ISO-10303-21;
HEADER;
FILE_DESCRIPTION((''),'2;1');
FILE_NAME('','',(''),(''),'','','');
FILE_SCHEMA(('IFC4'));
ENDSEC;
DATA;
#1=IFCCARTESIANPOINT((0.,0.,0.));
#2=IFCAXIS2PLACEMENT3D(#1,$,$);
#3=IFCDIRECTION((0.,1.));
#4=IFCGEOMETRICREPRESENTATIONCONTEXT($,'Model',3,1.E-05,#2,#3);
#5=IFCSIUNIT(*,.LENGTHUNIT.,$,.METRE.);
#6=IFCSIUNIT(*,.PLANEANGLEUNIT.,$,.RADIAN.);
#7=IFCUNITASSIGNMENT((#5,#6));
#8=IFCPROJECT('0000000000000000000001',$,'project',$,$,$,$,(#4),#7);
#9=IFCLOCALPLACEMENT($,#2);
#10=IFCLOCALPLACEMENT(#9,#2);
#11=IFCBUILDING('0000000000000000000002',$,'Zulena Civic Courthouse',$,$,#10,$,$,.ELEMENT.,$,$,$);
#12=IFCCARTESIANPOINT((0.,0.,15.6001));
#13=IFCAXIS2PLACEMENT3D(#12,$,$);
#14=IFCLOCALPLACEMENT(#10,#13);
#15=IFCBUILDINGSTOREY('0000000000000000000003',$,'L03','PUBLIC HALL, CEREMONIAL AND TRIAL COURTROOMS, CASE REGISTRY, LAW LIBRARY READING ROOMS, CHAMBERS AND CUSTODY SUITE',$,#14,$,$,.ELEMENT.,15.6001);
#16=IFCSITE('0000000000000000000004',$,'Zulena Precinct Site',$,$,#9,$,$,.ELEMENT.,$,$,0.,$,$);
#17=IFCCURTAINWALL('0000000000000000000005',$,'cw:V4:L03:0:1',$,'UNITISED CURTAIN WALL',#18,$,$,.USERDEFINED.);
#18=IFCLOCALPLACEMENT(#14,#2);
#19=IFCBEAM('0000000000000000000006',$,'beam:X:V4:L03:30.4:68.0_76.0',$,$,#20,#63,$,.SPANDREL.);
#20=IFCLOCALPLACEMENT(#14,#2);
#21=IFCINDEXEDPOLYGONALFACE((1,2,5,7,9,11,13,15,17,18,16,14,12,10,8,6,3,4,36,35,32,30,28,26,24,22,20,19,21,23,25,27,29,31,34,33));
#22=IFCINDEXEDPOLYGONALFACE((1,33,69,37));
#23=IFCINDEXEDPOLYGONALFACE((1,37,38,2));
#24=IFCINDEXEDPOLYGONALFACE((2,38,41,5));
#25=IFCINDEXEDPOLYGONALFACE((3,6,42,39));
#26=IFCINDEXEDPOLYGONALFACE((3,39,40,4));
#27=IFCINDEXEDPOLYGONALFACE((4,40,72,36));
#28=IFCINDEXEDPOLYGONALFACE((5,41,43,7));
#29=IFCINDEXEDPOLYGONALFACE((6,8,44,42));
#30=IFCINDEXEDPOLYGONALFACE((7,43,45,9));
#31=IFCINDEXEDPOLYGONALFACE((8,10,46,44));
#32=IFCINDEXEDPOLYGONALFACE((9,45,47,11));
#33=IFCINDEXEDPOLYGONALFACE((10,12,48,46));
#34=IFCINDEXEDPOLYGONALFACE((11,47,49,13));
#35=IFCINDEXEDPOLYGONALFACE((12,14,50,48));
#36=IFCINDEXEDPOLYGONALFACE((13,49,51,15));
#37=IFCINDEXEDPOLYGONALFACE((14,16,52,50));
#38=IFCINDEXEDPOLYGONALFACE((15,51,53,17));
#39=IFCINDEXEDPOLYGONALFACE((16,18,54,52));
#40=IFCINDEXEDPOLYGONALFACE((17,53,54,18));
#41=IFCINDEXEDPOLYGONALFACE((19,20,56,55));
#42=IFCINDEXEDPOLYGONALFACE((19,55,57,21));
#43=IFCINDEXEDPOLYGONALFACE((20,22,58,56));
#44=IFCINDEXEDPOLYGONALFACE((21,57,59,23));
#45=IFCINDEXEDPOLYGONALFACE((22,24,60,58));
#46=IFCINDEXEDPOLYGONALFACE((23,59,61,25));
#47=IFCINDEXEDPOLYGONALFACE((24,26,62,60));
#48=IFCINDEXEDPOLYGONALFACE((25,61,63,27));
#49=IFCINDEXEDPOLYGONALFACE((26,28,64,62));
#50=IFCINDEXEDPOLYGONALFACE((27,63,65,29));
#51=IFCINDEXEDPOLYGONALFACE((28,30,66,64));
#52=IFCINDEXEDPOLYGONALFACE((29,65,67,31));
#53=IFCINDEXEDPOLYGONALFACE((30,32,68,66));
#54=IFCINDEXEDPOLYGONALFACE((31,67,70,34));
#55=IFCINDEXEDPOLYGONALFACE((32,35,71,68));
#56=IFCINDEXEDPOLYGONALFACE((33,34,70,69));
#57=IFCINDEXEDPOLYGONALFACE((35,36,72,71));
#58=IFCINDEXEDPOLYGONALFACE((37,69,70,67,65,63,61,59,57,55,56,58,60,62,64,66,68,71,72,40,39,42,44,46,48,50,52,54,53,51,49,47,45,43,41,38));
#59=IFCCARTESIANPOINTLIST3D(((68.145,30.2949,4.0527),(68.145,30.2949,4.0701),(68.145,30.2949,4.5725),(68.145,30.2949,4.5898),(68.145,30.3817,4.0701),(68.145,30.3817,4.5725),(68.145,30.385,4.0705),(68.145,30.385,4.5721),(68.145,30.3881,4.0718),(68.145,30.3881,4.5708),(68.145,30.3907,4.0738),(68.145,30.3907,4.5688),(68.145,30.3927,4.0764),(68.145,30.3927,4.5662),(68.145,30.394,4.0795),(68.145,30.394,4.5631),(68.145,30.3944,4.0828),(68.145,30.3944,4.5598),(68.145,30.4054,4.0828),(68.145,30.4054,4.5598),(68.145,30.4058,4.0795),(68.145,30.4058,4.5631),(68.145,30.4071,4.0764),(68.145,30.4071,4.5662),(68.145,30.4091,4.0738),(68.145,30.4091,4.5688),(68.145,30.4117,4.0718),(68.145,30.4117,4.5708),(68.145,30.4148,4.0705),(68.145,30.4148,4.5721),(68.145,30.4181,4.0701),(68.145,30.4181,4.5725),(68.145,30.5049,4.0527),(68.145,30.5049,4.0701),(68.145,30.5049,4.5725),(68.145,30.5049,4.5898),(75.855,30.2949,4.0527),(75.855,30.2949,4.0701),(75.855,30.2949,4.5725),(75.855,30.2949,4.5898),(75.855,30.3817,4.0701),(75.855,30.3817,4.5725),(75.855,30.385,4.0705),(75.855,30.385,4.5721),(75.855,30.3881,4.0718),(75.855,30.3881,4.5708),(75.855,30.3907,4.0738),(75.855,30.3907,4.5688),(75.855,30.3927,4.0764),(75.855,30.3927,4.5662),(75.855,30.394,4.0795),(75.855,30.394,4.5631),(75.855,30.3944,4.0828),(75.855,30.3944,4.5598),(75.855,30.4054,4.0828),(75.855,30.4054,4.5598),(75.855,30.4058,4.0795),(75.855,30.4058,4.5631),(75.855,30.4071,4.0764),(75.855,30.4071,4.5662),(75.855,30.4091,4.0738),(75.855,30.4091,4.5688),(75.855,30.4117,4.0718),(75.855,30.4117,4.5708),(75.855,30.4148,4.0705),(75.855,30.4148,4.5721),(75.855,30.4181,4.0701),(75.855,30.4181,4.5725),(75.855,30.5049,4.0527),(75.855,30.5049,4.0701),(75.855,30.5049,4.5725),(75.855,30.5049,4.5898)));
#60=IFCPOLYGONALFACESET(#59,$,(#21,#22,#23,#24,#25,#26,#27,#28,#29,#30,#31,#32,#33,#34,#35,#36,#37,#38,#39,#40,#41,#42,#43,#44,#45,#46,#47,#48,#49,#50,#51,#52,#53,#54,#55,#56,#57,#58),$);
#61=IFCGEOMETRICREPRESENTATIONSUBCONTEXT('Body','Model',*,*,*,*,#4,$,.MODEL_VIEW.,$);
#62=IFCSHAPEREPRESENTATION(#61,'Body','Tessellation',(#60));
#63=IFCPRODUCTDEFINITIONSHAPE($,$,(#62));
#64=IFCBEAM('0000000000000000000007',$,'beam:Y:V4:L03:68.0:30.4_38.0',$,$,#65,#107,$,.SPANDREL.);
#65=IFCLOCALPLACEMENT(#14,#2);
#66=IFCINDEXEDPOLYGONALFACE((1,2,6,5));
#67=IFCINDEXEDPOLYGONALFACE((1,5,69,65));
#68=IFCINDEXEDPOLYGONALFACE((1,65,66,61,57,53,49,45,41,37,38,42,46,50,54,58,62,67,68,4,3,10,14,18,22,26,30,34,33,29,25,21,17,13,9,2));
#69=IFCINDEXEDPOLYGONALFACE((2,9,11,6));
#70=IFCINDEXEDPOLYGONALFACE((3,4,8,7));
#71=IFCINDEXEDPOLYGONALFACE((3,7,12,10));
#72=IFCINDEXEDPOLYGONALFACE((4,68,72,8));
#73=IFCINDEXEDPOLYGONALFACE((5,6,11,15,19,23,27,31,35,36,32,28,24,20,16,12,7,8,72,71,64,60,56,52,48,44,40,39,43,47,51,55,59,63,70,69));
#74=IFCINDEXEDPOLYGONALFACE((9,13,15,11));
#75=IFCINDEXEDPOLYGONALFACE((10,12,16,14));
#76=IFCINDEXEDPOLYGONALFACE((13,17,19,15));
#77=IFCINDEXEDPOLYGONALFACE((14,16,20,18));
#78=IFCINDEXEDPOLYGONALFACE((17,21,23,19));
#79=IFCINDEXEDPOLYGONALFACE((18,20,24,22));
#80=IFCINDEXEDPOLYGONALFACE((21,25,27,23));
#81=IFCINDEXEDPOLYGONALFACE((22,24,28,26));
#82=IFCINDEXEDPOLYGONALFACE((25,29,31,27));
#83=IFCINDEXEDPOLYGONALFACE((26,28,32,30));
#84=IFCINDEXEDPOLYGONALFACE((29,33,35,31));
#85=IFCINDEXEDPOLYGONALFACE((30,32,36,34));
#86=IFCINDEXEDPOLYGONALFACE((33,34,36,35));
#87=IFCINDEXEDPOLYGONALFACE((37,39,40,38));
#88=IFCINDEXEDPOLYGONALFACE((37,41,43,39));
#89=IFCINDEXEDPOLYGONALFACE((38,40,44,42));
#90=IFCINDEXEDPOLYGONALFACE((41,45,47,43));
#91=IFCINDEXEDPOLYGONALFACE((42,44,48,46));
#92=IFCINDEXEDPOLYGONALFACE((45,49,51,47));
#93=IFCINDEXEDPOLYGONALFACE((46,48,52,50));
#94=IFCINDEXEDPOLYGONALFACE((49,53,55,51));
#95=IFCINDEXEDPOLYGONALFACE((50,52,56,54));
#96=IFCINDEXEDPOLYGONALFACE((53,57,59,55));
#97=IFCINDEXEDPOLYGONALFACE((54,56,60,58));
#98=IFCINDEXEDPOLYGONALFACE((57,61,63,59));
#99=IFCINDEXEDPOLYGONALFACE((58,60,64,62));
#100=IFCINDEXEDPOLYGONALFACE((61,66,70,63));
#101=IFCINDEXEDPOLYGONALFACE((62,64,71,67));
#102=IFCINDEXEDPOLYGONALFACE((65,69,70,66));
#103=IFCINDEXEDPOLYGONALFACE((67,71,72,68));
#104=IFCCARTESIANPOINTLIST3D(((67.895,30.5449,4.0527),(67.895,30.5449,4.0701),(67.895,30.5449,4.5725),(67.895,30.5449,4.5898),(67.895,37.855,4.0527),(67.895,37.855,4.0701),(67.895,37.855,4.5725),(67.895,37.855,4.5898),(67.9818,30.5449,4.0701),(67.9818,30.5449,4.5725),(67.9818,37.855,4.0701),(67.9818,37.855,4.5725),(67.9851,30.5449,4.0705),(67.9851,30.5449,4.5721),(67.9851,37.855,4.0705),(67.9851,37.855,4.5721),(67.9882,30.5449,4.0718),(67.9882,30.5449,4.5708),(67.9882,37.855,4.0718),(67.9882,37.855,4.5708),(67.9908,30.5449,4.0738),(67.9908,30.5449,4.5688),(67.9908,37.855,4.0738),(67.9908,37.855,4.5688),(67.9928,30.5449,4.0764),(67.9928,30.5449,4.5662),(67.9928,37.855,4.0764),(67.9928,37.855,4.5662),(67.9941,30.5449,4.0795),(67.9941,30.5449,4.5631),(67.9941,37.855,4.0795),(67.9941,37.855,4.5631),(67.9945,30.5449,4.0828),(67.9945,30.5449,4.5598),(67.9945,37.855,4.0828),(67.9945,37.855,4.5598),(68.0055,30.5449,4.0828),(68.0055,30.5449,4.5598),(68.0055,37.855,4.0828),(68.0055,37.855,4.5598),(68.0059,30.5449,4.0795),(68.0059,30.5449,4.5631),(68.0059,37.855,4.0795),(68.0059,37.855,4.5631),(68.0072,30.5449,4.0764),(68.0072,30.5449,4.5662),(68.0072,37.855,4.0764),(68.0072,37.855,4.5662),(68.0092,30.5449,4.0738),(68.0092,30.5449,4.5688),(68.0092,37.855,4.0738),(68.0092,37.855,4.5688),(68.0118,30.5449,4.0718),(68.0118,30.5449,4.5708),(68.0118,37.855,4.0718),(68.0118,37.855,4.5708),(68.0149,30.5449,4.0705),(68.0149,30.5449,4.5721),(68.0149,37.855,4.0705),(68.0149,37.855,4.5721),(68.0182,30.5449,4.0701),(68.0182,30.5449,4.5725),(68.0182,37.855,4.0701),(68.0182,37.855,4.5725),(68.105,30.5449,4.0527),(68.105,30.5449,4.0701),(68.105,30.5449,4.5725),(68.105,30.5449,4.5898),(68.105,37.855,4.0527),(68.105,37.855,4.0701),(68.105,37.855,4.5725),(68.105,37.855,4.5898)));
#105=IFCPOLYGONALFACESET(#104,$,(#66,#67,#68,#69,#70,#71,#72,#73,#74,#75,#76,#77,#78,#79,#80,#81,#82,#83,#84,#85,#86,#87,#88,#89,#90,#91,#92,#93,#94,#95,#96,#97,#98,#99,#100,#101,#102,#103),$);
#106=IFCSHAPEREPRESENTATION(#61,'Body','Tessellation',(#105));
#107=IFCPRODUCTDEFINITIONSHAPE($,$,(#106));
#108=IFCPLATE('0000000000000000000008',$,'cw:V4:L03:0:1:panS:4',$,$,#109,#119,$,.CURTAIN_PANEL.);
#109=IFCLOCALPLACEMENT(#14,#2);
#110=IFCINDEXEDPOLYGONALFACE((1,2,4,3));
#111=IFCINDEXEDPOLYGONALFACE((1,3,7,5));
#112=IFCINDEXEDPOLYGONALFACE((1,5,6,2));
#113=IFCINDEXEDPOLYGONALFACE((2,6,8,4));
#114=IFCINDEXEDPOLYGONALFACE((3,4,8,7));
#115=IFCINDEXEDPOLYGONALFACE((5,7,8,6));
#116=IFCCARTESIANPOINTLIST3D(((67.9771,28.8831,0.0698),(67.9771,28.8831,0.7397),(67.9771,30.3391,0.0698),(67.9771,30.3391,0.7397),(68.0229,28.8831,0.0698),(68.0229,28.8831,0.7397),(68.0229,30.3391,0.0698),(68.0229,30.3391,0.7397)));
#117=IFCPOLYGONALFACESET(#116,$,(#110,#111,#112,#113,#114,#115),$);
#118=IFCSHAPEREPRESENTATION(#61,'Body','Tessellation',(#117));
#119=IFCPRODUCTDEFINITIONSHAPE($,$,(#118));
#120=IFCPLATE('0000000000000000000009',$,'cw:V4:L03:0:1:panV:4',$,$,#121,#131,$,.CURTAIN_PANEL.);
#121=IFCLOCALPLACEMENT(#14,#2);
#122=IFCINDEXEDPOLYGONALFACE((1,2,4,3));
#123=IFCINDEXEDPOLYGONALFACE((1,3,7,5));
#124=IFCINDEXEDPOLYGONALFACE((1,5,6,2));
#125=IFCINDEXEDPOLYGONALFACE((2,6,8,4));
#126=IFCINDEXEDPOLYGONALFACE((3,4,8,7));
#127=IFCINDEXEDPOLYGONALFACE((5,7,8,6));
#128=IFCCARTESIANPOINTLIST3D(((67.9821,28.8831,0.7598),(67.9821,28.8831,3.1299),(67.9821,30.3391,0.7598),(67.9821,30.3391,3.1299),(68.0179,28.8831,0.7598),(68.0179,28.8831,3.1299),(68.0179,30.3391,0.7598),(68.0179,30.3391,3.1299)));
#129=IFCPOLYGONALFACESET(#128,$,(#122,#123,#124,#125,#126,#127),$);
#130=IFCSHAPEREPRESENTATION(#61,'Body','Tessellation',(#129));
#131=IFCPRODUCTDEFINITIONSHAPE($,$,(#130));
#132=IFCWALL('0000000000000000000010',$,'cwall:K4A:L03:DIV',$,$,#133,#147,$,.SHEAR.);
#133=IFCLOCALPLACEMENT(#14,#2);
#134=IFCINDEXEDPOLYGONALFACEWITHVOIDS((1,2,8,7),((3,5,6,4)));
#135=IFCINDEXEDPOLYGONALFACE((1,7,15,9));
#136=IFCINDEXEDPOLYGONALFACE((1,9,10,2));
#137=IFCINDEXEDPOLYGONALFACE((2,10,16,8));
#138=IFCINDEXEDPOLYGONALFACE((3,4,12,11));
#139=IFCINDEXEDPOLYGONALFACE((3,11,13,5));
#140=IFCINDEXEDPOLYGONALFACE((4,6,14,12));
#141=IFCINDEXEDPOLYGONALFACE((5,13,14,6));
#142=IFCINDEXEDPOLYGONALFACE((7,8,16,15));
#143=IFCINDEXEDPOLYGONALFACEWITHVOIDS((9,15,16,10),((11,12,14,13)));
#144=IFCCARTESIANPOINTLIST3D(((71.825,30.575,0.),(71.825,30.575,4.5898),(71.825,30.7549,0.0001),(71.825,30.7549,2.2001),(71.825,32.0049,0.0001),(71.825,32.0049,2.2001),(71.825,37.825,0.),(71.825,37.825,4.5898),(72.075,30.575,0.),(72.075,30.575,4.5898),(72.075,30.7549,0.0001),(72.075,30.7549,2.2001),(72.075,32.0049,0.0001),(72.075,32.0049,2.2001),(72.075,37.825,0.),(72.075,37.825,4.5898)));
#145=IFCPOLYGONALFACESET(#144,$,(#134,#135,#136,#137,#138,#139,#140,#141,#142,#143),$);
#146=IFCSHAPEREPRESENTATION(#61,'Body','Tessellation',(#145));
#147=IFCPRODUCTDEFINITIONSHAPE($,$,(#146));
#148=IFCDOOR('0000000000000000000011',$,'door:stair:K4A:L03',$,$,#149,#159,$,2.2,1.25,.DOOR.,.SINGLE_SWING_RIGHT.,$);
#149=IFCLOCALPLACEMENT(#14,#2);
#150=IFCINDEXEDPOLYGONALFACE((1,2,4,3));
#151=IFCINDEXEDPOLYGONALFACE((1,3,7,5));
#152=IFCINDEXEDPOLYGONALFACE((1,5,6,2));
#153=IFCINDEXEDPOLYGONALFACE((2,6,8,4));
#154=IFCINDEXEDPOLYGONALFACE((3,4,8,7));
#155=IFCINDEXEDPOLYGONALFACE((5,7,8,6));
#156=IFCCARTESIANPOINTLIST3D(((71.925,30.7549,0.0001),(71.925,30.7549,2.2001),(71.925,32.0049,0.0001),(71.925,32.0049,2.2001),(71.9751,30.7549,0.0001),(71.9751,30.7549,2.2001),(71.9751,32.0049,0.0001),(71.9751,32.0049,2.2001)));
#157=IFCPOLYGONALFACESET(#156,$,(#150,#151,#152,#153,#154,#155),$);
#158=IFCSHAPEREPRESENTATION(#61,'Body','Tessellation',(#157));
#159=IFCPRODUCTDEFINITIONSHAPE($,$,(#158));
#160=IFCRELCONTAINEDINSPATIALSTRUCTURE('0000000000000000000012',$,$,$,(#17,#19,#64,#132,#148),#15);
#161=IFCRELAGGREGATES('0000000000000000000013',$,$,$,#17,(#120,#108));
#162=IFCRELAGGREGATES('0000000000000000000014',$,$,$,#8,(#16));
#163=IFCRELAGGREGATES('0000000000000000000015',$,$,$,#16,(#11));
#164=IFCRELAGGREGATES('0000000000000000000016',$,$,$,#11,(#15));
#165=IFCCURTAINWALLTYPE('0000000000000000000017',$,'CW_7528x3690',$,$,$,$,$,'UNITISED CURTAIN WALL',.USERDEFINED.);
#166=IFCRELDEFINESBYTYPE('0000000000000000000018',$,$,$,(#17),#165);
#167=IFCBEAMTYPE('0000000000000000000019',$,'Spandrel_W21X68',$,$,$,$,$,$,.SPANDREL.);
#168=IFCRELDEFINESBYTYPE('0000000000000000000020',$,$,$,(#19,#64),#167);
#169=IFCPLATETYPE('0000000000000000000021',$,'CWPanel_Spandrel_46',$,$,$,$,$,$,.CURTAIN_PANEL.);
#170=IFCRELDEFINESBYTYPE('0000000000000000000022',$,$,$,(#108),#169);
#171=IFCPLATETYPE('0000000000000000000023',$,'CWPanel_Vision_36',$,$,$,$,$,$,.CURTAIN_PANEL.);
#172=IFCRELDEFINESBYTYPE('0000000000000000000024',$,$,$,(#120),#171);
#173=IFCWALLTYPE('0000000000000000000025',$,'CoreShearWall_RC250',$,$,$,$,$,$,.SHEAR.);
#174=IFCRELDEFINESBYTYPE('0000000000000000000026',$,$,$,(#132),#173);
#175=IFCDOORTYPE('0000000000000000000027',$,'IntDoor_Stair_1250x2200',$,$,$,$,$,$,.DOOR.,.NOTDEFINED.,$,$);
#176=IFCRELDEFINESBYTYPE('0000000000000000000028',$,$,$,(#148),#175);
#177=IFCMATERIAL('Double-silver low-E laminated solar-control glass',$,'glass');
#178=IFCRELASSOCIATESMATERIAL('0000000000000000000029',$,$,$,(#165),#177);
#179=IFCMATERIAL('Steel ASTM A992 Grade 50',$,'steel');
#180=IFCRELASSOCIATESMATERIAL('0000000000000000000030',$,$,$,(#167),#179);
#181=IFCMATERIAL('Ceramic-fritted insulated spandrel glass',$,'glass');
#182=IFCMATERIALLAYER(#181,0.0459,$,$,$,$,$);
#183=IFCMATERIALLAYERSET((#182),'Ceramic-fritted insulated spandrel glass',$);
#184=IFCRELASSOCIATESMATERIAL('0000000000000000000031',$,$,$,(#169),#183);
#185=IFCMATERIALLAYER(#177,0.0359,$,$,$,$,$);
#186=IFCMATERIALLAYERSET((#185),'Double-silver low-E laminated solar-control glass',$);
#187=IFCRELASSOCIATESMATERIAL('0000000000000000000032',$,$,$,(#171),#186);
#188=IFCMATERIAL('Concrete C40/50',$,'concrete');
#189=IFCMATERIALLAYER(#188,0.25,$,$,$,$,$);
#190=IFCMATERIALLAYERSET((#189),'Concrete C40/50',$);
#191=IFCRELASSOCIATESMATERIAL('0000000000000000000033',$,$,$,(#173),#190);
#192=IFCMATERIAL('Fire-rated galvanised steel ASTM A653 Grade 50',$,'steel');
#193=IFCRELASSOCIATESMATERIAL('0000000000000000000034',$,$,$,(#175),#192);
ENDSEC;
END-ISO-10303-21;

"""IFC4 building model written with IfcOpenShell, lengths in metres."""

from ifc_helpers import new_model, si_unit, direction, frame, frame_2d, origin, origin_2d, place, context, subcontext, project, spatial, rectangle, i_section, extrude, material, layer, layer_set, material_profile, profile_set, type_object, element, fill, aggregate, save


model = new_model("IFC4")

# Units and contexts
model_context = context("Model", 3, precision=1e-05, world=origin(), true_north=direction((0.0, 1.0)))
body_context = subcontext(model_context, "Body", "Model", "MODEL_VIEW")
ifc_project = project(units=[si_unit("LENGTHUNIT", "METRE"), si_unit("PLANEANGLEUNIT", "RADIAN")], contexts=[model_context])

# Site, building, storey
site_placement = place(None, origin())
site = spatial("IfcSite", under=ifc_project, at=site_placement, Name="Zulena Precinct Site", CompositionType="ELEMENT", RefElevation=0.0)
building_placement = place(site_placement, origin())
building = spatial("IfcBuilding", under=site, at=building_placement, Name="Zulena Civic Courthouse", CompositionType="ELEMENT")
storey_placement = place(building_placement, frame((0.0, 0.0, 15.6001)))
storey = spatial("IfcBuildingStorey", under=building, at=storey_placement, Name="L03", Description="PUBLIC HALL, CEREMONIAL AND TRIAL COURTROOMS, CASE REGISTRY, LAW LIBRARY READING ROOMS, CHAMBERS AND CUSTODY SUITE", CompositionType="ELEMENT", Elevation=15.6001)

# Shared definitions
ifc_material_1 = material(Name="Steel ASTM A992 Grade 50", Category="steel")

# Curtain wall
ifc_material_2 = material(Name="Double-silver low-E laminated solar-control glass", Category="glass")
curtain_wall_type = type_object("IfcCurtainWallType", Name="CW_7528x3690", ElementType="UNITISED CURTAIN WALL", PredefinedType="USERDEFINED", material=ifc_material_2)
curtain_wall_placement = place(storey_placement, origin())
curtain_wall = element("IfcCurtainWall", 1, at=curtain_wall_placement, inside=storey, type_object=curtain_wall_type, Name="cw:V4:L03:0:1", ObjectType="UNITISED CURTAIN WALL", PredefinedType="USERDEFINED")

# Beams
ifc_material_profile_1 = material_profile(ifc_material_1, i_section(OverallWidth=0.21, OverallDepth=0.5371, WebThickness=0.011, FlangeThickness=0.0173, FilletRadius=0.0127, at=origin_2d()), Name="W21X68")
ifc_profile_set_1 = profile_set([ifc_material_profile_1], Name="Steel ASTM A992 Grade 50")
beam_type_1 = type_object("IfcBeamType", Name="Spandrel_W21X68", PredefinedType="SPANDREL", material=ifc_profile_set_1)
beam_1_placement = place(storey_placement, frame((68.145, 30.3999, 4.3213), z_axis=(1.0, 0.0, 0.0), x_axis=(0.0, 1.0, 0.0)))
element("IfcBeam", 2, at=beam_1_placement, inside=storey, type_object=beam_type_1, Name="beam:X:V4:L03:30.4:68.0_76.0", PredefinedType="SPANDREL", context=body_context, shape_type="SweptSolid", body=[
    extrude(i_section(OverallWidth=0.21, OverallDepth=0.5371, WebThickness=0.011, FlangeThickness=0.0173, FilletRadius=0.0127, at=origin_2d()), origin(), (0.0, 0.0, 1.0), 7.71),
])
beam_2_placement = place(storey_placement, frame((68.0, 30.5449, 4.3213), z_axis=(0.0, 1.0, 0.0), x_axis=(-1.0, 0.0, 0.0)))
element("IfcBeam", 3, at=beam_2_placement, inside=storey, type_object=beam_type_1, Name="beam:Y:V4:L03:68.0:30.4_38.0", PredefinedType="SPANDREL", context=body_context, shape_type="SweptSolid", body=[
    extrude(i_section(OverallWidth=0.21, OverallDepth=0.5371, WebThickness=0.011, FlangeThickness=0.0173, FilletRadius=0.0127, at=origin_2d()), origin(), (0.0, 0.0, 1.0), 7.3101),
])

# Plates
ifc_material_3 = material(Name="Ceramic-fritted insulated spandrel glass", Category="glass")
ifc_layer_1 = layer(ifc_material_3, 0.0459)
ifc_layer_set_1 = layer_set([ifc_layer_1], Name="Ceramic-fritted insulated spandrel glass")
plate_type_1 = type_object("IfcPlateType", Name="CWPanel_Spandrel_46", PredefinedType="CURTAIN_PANEL", material=ifc_layer_set_1)
plate_1_placement = place(storey_placement, frame((68.0, 29.6111, 0.0698), z_axis=(0.0, 0.0, 1.0), x_axis=(0.0, 1.0, 0.0)))
plate_1 = element("IfcPlate", 4, at=plate_1_placement, type_object=plate_type_1, Name="cw:V4:L03:0:1:panS:4", PredefinedType="CURTAIN_PANEL", context=body_context, shape_type="SweptSolid", body=[
    extrude(rectangle(XDim=1.4561, YDim=0.0459, at=origin_2d()), origin(), (0.0, 0.0, 1.0), 0.6699),
])
ifc_layer_2 = layer(ifc_material_2, 0.0359)
ifc_layer_set_2 = layer_set([ifc_layer_2], Name="Double-silver low-E laminated solar-control glass")
plate_type_2 = type_object("IfcPlateType", Name="CWPanel_Vision_36", PredefinedType="CURTAIN_PANEL", material=ifc_layer_set_2)
plate_2_placement = place(storey_placement, frame((68.0, 29.6111, 0.7598), z_axis=(0.0, 0.0, 1.0), x_axis=(0.0, 1.0, 0.0)))
plate_2 = element("IfcPlate", 5, at=plate_2_placement, type_object=plate_type_2, Name="cw:V4:L03:0:1:panV:4", PredefinedType="CURTAIN_PANEL", context=body_context, shape_type="SweptSolid", body=[
    extrude(rectangle(XDim=1.4561, YDim=0.0359, at=origin_2d()), origin(), (0.0, 0.0, 1.0), 2.3701),
])
aggregate(curtain_wall, [plate_2, plate_1])

# Wall, opening, door
ifc_material_4 = material(Name="Concrete C40/50", Category="concrete")
ifc_layer_3 = layer(ifc_material_4, 0.25)
ifc_layer_set_3 = layer_set([ifc_layer_3], Name="Concrete C40/50")
wall_type_1 = type_object("IfcWallType", Name="CoreShearWall_RC250", PredefinedType="SHEAR", material=ifc_layer_set_3)
wall_1_placement = place(storey_placement, frame((71.95, 30.575, 0.0), z_axis=(0.0, 0.0, 1.0), x_axis=(0.0, 1.0, 0.0)))
wall_1 = element("IfcWall", 6, at=wall_1_placement, inside=storey, type_object=wall_type_1, Name="cwall:K4A:L03:DIV", PredefinedType="SHEAR", context=body_context, shape_type="SweptSolid", body=[
    extrude(rectangle(XDim=7.25, YDim=0.25, at=frame_2d((3.625, 0.0))), origin(), (0.0, 0.0, 1.0), 4.5898),
])
opening_1_placement = place(wall_1_placement, frame((0.1799, 0.0, 0.0)))
opening_1 = element("IfcOpeningElement", 7, at=opening_1_placement, cuts=wall_1, PredefinedType="OPENING", context=body_context, shape_type="SweptSolid", body=[
    extrude(rectangle(XDim=1.25, YDim=2.2, at=frame_2d((0.625, 1.1001))), frame((0.0, 0.135, 0.0), z_axis=(0.0, -1.0, 0.0), x_axis=(1.0, 0.0, 0.0)), (0.0, 0.0, 1.0), 0.27),
])
ifc_material_5 = material(Name="Fire-rated galvanised steel ASTM A653 Grade 50", Category="steel")
door_type_1 = type_object("IfcDoorType", Name="IntDoor_Stair_1250x2200", OperationType="NOTDEFINED", PredefinedType="DOOR", material=ifc_material_5)
door_1_placement = place(opening_1_placement, origin())
door_1 = element("IfcDoor", 8, at=door_1_placement, inside=storey, type_object=door_type_1, Name="door:stair:K4A:L03", OperationType="SINGLE_SWING_RIGHT", OverallHeight=2.2, OverallWidth=1.25, PredefinedType="DOOR", context=body_context, shape_type="SweptSolid", body=[
    extrude(rectangle(XDim=1.25, YDim=2.2, at=frame_2d((0.625, 1.1001))), frame((0.0, 0.0249, 0.0), z_axis=(0.0, -1.0, 0.0), x_axis=(1.0, 0.0, 0.0)), (0.0, 0.0, 1.0), 0.05),
])
fill(opening_1, door_1)

save(model, "model.ifc")
